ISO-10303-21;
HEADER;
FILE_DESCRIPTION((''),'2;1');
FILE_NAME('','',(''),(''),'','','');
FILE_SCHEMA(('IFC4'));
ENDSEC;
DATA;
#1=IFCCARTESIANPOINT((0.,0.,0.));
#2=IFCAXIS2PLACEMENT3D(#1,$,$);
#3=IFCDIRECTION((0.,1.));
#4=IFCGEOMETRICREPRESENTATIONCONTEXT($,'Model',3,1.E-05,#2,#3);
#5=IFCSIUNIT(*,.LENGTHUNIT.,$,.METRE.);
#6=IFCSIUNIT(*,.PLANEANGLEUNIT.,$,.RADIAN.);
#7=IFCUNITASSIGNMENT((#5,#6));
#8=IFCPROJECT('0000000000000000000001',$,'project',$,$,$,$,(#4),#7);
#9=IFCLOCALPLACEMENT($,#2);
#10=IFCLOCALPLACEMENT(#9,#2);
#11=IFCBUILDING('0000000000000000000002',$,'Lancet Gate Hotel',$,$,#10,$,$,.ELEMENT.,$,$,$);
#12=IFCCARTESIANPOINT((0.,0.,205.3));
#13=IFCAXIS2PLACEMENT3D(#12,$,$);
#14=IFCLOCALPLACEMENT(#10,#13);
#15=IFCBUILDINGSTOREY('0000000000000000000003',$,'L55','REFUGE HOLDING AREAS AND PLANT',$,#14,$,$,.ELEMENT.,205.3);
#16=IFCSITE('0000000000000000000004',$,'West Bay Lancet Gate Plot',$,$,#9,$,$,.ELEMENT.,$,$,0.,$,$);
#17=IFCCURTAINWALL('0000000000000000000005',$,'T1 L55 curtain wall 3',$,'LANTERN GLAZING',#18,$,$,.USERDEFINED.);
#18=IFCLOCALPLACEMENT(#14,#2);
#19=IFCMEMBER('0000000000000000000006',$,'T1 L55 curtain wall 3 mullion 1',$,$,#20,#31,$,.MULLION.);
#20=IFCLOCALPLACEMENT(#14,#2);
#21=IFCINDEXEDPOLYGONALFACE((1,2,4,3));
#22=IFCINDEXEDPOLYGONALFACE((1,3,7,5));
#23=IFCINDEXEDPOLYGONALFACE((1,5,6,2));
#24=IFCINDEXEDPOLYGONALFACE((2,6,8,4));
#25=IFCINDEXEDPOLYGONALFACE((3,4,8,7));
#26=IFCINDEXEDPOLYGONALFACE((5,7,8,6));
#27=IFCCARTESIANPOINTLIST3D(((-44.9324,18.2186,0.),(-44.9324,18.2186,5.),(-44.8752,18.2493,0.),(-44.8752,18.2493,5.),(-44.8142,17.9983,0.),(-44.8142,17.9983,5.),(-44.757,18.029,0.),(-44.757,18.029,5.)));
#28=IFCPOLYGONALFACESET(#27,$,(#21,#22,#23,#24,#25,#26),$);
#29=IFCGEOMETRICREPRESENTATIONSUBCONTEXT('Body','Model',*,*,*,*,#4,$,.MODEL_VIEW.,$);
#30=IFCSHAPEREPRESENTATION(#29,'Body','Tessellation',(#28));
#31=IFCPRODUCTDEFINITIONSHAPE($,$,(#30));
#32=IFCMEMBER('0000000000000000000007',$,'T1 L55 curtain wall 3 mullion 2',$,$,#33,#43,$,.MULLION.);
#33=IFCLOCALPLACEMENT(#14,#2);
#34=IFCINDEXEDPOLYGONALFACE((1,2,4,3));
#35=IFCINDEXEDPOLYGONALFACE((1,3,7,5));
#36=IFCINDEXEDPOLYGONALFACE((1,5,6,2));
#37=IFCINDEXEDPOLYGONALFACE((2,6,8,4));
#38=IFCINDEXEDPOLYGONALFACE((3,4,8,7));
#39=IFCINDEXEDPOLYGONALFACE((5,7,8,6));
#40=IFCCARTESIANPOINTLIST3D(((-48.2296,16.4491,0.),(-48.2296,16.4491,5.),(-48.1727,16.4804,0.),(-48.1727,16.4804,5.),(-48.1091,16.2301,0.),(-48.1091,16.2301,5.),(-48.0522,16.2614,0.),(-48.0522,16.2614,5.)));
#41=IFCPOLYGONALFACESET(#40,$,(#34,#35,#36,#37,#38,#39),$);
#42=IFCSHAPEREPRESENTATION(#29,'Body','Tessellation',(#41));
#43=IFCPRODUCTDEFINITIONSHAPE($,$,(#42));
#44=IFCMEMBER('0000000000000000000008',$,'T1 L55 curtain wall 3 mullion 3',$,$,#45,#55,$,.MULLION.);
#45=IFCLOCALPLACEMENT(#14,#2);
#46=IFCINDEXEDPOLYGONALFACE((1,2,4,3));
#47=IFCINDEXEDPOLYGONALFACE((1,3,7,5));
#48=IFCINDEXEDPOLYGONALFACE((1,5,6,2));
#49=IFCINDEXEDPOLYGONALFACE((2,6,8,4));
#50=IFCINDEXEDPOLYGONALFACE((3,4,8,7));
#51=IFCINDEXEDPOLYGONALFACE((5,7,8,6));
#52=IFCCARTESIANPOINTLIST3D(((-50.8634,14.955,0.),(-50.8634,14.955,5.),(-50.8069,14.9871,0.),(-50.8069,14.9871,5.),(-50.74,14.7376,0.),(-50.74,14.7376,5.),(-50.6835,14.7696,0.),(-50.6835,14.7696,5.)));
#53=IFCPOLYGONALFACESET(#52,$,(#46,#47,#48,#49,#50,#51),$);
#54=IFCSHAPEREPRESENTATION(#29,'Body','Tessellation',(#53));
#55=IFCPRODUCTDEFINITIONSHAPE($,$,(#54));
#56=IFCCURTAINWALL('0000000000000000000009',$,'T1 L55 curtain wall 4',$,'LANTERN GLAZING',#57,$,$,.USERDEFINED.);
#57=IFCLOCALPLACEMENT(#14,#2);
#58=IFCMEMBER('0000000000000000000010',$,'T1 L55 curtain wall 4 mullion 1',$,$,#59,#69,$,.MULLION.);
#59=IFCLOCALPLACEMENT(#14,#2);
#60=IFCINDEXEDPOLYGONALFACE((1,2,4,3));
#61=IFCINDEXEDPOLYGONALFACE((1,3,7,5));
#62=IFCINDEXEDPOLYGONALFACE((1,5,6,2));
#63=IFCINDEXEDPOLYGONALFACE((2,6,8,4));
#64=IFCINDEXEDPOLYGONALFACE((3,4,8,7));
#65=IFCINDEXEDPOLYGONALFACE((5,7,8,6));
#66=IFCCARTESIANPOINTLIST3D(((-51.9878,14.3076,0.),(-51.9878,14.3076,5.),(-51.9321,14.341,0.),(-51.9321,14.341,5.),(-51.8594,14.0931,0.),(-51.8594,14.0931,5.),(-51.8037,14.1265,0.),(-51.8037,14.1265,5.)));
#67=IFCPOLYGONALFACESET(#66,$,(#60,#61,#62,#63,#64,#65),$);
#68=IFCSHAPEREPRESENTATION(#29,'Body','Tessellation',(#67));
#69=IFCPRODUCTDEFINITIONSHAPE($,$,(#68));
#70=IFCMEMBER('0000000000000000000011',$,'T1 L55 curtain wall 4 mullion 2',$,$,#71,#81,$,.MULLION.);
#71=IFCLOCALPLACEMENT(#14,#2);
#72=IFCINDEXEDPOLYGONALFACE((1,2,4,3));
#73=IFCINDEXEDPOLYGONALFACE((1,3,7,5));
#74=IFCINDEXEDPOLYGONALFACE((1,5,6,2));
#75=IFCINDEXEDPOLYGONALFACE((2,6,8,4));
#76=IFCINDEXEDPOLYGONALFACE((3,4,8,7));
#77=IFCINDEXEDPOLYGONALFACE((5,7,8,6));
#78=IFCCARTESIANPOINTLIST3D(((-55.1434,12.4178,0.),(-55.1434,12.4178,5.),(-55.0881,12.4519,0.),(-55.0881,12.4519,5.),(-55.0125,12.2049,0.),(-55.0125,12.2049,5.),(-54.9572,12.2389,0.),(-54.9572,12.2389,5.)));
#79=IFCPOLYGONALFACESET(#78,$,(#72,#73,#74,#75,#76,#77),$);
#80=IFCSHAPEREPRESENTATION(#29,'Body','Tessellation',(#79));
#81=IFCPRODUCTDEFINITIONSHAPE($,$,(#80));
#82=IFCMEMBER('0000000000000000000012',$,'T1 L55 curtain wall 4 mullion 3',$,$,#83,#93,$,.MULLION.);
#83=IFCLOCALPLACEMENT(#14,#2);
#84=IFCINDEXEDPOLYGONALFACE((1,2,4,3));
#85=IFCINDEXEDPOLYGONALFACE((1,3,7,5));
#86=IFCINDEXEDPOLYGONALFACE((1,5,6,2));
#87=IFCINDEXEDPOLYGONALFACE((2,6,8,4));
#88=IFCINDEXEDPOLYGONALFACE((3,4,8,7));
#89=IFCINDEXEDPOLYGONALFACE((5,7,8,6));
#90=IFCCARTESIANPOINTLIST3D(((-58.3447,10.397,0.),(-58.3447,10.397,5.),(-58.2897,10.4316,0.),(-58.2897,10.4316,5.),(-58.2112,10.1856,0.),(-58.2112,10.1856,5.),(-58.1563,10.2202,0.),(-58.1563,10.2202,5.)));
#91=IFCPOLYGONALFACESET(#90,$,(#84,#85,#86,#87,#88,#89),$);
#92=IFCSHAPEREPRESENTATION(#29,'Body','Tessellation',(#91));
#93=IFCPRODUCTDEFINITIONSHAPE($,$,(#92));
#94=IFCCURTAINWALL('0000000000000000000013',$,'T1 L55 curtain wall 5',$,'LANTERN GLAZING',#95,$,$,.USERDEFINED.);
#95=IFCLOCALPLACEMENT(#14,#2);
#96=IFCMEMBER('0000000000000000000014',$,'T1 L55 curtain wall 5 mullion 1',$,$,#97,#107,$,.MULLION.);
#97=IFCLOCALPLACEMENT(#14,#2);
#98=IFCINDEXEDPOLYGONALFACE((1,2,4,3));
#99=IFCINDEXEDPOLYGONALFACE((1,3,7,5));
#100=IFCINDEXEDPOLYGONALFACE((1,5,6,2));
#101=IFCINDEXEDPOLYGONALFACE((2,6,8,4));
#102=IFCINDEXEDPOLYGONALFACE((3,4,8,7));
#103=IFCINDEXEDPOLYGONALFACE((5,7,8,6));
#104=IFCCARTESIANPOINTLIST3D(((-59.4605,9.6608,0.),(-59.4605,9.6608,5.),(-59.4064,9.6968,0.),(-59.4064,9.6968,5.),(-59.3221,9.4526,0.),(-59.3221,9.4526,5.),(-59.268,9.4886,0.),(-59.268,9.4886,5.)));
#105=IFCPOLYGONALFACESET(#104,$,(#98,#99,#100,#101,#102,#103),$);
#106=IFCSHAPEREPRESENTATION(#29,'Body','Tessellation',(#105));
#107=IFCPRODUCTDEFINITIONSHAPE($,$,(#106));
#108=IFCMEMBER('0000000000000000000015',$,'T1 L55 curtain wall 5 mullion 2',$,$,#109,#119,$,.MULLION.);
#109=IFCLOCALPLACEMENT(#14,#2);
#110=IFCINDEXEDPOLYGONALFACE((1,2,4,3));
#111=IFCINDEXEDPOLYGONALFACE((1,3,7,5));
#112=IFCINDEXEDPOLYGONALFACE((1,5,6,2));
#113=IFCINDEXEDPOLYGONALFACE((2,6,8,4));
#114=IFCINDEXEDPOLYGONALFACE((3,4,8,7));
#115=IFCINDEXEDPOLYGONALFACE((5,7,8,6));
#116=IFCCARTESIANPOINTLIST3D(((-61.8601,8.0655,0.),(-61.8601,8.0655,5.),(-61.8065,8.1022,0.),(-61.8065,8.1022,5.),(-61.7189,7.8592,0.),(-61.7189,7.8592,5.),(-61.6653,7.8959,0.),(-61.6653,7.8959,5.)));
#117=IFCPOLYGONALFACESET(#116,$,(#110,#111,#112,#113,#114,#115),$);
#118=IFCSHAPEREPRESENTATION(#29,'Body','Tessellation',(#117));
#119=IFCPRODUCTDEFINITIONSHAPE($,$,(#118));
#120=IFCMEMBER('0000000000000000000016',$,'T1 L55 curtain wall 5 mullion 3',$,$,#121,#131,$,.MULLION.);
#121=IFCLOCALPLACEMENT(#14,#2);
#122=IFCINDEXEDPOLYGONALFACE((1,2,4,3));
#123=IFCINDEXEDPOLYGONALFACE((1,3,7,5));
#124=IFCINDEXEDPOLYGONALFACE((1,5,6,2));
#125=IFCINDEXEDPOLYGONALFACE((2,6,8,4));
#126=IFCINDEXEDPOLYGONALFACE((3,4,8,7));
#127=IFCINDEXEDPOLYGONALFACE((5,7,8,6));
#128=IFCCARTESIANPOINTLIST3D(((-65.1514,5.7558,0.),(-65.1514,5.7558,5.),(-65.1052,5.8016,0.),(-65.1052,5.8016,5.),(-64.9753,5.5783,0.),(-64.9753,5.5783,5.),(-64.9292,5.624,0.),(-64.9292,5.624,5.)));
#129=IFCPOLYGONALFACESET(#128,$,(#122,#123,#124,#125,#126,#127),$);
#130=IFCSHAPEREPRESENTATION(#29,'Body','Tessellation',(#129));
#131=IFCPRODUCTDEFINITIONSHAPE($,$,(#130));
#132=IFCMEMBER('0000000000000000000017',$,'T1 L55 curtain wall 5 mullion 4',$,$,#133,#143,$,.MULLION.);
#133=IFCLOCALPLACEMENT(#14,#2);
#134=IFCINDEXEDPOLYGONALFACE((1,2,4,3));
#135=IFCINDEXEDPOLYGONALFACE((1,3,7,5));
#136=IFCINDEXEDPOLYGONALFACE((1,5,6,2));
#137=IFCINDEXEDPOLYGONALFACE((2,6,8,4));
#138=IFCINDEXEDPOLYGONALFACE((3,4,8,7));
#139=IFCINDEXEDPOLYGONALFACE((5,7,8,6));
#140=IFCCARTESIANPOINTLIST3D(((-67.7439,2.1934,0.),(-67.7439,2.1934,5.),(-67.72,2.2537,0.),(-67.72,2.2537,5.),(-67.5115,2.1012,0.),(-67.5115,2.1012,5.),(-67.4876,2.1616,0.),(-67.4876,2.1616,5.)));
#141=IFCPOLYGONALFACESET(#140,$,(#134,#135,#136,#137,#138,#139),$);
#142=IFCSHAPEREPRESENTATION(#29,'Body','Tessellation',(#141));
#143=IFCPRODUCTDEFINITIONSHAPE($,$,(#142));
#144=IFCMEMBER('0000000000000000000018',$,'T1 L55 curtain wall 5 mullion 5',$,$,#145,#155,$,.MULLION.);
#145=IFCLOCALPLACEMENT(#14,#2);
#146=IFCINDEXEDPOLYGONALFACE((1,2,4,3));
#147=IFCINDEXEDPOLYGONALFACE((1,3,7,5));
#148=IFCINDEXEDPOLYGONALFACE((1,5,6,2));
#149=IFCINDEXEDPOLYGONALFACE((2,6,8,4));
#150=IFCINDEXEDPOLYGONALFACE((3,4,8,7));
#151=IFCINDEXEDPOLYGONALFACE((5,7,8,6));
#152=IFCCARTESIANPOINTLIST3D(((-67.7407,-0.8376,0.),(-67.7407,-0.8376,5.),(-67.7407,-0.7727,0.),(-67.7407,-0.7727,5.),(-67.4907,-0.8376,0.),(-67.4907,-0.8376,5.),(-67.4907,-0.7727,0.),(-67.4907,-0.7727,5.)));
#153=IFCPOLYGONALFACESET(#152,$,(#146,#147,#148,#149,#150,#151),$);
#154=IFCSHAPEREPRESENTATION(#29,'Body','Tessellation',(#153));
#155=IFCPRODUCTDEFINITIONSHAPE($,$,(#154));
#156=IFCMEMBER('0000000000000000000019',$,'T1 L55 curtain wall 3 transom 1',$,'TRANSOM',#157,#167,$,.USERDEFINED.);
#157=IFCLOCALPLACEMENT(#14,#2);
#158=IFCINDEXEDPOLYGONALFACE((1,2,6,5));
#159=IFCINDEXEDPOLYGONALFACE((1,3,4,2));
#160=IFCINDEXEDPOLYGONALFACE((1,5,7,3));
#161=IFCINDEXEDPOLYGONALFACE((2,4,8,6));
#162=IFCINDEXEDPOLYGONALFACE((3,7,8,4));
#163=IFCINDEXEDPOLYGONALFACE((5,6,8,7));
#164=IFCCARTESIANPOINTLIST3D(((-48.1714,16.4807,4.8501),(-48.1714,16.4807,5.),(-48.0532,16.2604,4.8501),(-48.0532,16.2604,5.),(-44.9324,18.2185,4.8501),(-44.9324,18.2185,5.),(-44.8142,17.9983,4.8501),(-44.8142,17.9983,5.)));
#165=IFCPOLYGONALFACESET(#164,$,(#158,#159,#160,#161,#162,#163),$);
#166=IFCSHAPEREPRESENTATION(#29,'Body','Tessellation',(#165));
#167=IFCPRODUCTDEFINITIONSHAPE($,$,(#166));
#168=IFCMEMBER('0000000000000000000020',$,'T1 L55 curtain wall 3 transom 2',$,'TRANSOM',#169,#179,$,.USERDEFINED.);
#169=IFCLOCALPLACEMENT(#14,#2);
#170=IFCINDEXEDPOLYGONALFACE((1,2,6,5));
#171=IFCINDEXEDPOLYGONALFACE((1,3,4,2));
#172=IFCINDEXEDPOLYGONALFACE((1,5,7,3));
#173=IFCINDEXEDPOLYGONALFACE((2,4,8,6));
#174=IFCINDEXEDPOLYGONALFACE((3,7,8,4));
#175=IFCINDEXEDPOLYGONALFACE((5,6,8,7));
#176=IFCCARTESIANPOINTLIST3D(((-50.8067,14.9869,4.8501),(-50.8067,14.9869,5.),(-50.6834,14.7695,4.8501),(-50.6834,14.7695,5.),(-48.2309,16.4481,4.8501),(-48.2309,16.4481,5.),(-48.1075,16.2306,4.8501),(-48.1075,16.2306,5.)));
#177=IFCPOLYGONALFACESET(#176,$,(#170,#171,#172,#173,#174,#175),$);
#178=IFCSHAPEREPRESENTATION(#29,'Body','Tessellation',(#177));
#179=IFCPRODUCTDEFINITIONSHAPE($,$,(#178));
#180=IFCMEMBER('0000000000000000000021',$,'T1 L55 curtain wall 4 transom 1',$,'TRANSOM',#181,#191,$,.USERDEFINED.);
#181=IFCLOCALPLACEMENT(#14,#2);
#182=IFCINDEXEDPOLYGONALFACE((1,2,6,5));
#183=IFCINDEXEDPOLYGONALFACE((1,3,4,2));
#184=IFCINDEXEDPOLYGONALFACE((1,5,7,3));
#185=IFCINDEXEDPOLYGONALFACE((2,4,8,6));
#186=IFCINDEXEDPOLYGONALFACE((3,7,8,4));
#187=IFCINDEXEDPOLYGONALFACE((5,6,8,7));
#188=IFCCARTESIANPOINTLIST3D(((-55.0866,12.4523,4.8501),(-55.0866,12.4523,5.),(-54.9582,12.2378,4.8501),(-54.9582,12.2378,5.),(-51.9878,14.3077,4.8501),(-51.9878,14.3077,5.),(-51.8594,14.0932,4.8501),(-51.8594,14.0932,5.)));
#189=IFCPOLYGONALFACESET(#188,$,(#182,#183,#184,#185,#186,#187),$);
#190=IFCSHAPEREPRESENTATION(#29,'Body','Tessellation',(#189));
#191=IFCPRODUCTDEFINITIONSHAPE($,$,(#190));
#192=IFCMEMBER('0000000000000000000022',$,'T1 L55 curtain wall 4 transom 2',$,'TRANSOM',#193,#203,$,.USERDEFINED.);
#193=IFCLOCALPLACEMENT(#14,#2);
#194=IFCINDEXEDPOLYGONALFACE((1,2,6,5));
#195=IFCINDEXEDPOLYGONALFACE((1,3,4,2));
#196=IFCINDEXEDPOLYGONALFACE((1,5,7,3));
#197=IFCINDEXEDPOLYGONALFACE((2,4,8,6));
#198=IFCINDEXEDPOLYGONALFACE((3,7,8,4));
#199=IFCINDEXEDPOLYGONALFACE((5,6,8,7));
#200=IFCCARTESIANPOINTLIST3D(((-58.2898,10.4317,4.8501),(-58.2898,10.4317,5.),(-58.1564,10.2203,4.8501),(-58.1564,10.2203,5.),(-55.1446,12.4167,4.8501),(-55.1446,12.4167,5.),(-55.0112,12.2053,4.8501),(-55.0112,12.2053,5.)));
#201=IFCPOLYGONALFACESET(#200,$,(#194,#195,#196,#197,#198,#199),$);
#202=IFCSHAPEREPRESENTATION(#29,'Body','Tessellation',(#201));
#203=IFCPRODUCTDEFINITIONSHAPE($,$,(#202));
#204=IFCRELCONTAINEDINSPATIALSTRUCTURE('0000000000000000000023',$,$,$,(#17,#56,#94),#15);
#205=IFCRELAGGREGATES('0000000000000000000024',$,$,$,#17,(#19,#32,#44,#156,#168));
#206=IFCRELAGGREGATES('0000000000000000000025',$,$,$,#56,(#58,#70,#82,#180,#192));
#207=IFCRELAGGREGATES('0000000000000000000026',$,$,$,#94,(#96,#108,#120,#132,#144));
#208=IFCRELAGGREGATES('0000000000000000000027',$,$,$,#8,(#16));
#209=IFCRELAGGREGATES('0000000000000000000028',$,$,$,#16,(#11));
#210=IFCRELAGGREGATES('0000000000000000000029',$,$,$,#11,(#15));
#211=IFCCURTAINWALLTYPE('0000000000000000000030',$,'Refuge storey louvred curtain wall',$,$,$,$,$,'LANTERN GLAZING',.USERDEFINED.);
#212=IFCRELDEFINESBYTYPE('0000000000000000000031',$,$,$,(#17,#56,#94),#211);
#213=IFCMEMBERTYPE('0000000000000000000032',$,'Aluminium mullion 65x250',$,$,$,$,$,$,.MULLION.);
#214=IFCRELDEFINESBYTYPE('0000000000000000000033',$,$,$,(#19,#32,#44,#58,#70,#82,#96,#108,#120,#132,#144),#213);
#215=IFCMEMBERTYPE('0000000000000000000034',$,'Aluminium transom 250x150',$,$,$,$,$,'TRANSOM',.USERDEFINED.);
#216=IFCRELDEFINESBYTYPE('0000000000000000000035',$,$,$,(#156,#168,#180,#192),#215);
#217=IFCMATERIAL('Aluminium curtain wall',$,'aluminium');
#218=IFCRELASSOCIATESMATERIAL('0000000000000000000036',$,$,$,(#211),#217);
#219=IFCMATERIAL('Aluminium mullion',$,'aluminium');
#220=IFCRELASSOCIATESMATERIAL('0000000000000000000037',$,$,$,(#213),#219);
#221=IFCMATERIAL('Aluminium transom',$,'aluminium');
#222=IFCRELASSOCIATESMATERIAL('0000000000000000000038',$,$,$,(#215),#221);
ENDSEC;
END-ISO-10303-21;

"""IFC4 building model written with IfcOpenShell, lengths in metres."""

from ifc_helpers import new_model, si_unit, direction, frame, origin, origin_2d, place, context, subcontext, project, spatial, rectangle, extrude, material, material_profile, profile_set, type_object, element, aggregate, save


model = new_model("IFC4")

# Units and contexts
model_context = context("Model", 3, precision=1e-05, world=origin(), true_north=direction((0.0, 1.0)))
body_context = subcontext(model_context, "Body", "Model", "MODEL_VIEW")
ifc_project = project(units=[si_unit("LENGTHUNIT", "METRE"), si_unit("PLANEANGLEUNIT", "RADIAN")], contexts=[model_context])

# Site, building, storey
site_placement = place(None, origin())
site = spatial("IfcSite", under=ifc_project, at=site_placement, Name="West Bay Lancet Gate Plot", CompositionType="ELEMENT", RefElevation=0.0)
building_placement = place(site_placement, origin())
building = spatial("IfcBuilding", under=site, at=building_placement, Name="Lancet Gate Hotel", CompositionType="ELEMENT")
storey_placement = place(building_placement, frame((0.0, 0.0, 205.3)))
storey = spatial("IfcBuildingStorey", under=building, at=storey_placement, Name="L55", Description="REFUGE HOLDING AREAS AND PLANT", CompositionType="ELEMENT", Elevation=205.3)

# Curtain walls, members
ifc_material_1 = material(Name="Aluminium curtain wall", Category="aluminium")
curtain_wall_type = type_object("IfcCurtainWallType", Name="Refuge storey louvred curtain wall", ElementType="LANTERN GLAZING", PredefinedType="USERDEFINED", material=ifc_material_1)
curtain_wall_1_placement = place(storey_placement, origin())
curtain_wall_1 = element("IfcCurtainWall", 1, at=curtain_wall_1_placement, inside=storey, type_object=curtain_wall_type, Name="T1 L55 curtain wall 3", ObjectType="LANTERN GLAZING", PredefinedType="USERDEFINED")
ifc_material_2 = material(Name="Aluminium mullion", Category="aluminium")
ifc_material_profile_1 = material_profile(ifc_material_2, rectangle(XDim=0.0649, YDim=0.25, at=origin_2d()), Name="MULLION 65x250")
ifc_profile_set_1 = profile_set([ifc_material_profile_1], Name="Aluminium mullion")
member_type_1 = type_object("IfcMemberType", Name="Aluminium mullion 65x250", PredefinedType="MULLION", material=ifc_profile_set_1)
member_1_placement = place(storey_placement, frame((-44.8447, 18.1238, 0.0), z_axis=(0.0, 0.0, 1.0), x_axis=(-0.881195, -0.472753, 0.0)))
member_1 = element("IfcMember", 2, at=member_1_placement, type_object=member_type_1, Name="T1 L55 curtain wall 3 mullion 1", PredefinedType="MULLION", context=body_context, shape_type="SweptSolid", body=[
    extrude(rectangle(XDim=0.0649, YDim=0.25, at=origin_2d()), origin(), (0.0, 0.0, 1.0), 5.0),
])
member_2_placement = place(storey_placement, frame((-48.1409, 16.3552, 0.0), z_axis=(0.0, 0.0, 1.0), x_axis=(-0.876173, -0.481997, 0.0)))
member_2 = element("IfcMember", 3, at=member_2_placement, type_object=member_type_1, Name="T1 L55 curtain wall 3 mullion 2", PredefinedType="MULLION", context=body_context, shape_type="SweptSolid", body=[
    extrude(rectangle(XDim=0.0649, YDim=0.25, at=origin_2d()), origin(), (0.0, 0.0, 1.0), 5.0),
])
member_3_placement = place(storey_placement, frame((-50.7734, 14.8623, 0.0), z_axis=(0.0, 0.0, 1.0), x_axis=(-0.869831, -0.493349, 0.0)))
member_3 = element("IfcMember", 4, at=member_3_placement, type_object=member_type_1, Name="T1 L55 curtain wall 3 mullion 3", PredefinedType="MULLION", context=body_context, shape_type="SweptSolid", body=[
    extrude(rectangle(XDim=0.0649, YDim=0.25, at=origin_2d()), origin(), (0.0, 0.0, 1.0), 5.0),
])
curtain_wall_2_placement = place(storey_placement, origin())
curtain_wall_2 = element("IfcCurtainWall", 5, at=curtain_wall_2_placement, inside=storey, type_object=curtain_wall_type, Name="T1 L55 curtain wall 4", ObjectType="LANTERN GLAZING", PredefinedType="USERDEFINED")
member_4_placement = place(storey_placement, frame((-51.8958, 14.217, 0.0), z_axis=(0.0, 0.0, 1.0), x_axis=(-0.857987, -0.513672, 0.0)))
member_4 = element("IfcMember", 6, at=member_4_placement, type_object=member_type_1, Name="T1 L55 curtain wall 4 mullion 1", PredefinedType="MULLION", context=body_context, shape_type="SweptSolid", body=[
    extrude(rectangle(XDim=0.0649, YDim=0.25, at=origin_2d()), origin(), (0.0, 0.0, 1.0), 5.0),
])
member_5_placement = place(storey_placement, frame((-55.0503, 12.3284, 0.0), z_axis=(0.0, 0.0, 1.0), x_axis=(-0.851797, -0.523872, 0.0)))
member_5 = element("IfcMember", 7, at=member_5_placement, type_object=member_type_1, Name="T1 L55 curtain wall 4 mullion 2", PredefinedType="MULLION", context=body_context, shape_type="SweptSolid", body=[
    extrude(rectangle(XDim=0.0649, YDim=0.25, at=origin_2d()), origin(), (0.0, 0.0, 1.0), 5.0),
])
member_6_placement = place(storey_placement, frame((-58.2505, 10.3086, 0.0), z_axis=(0.0, 0.0, 1.0), x_axis=(-0.845667, -0.533711, 0.0)))
member_6 = element("IfcMember", 8, at=member_6_placement, type_object=member_type_1, Name="T1 L55 curtain wall 4 mullion 3", PredefinedType="MULLION", context=body_context, shape_type="SweptSolid", body=[
    extrude(rectangle(XDim=0.0649, YDim=0.25, at=origin_2d()), origin(), (0.0, 0.0, 1.0), 5.0),
])
curtain_wall_3_placement = place(storey_placement, origin())
curtain_wall_3 = element("IfcCurtainWall", 9, at=curtain_wall_3_placement, inside=storey, type_object=curtain_wall_type, Name="T1 L55 curtain wall 5", ObjectType="LANTERN GLAZING", PredefinedType="USERDEFINED")
member_7_placement = place(storey_placement, frame((-59.3643, 9.5747, 0.0), z_axis=(0.0, 0.0, 1.0), x_axis=(-0.832879, -0.553455, 0.0)))
member_7 = element("IfcMember", 10, at=member_7_placement, type_object=member_type_1, Name="T1 L55 curtain wall 5 mullion 1", PredefinedType="MULLION", context=body_context, shape_type="SweptSolid", body=[
    extrude(rectangle(XDim=0.0649, YDim=0.25, at=origin_2d()), origin(), (0.0, 0.0, 1.0), 5.0),
])
member_8_placement = place(storey_placement, frame((-61.7627, 7.9807, 0.0), z_axis=(0.0, 0.0, 1.0), x_axis=(-0.825233, -0.564793, 0.0)))
member_8 = element("IfcMember", 11, at=member_8_placement, type_object=member_type_1, Name="T1 L55 curtain wall 5 mullion 2", PredefinedType="MULLION", context=body_context, shape_type="SweptSolid", body=[
    extrude(rectangle(XDim=0.0649, YDim=0.25, at=origin_2d()), origin(), (0.0, 0.0, 1.0), 5.0),
])
member_9_placement = place(storey_placement, frame((-65.0403, 5.6899, 0.0), z_axis=(0.0, 0.0, 1.0), x_axis=(-0.710113, -0.704088, 0.0)))
member_9 = element("IfcMember", 12, at=member_9_placement, type_object=member_type_1, Name="T1 L55 curtain wall 5 mullion 3", PredefinedType="MULLION", context=body_context, shape_type="SweptSolid", body=[
    extrude(rectangle(XDim=0.0649, YDim=0.25, at=origin_2d()), origin(), (0.0, 0.0, 1.0), 5.0),
])
member_10_placement = place(storey_placement, frame((-67.6157, 2.1775, 0.0), z_axis=(0.0, 0.0, 1.0), x_axis=(-0.36858, -0.929596, 0.0)))
member_10 = element("IfcMember", 13, at=member_10_placement, type_object=member_type_1, Name="T1 L55 curtain wall 5 mullion 4", PredefinedType="MULLION", context=body_context, shape_type="SweptSolid", body=[
    extrude(rectangle(XDim=0.0649, YDim=0.25, at=origin_2d()), origin(), (0.0, 0.0, 1.0), 5.0),
])
member_11_placement = place(storey_placement, frame((-67.6157, -0.8052, 0.0), z_axis=(0.0, 0.0, 1.0), x_axis=(0.0, -1.0, 0.0)))
member_11 = element("IfcMember", 14, at=member_11_placement, type_object=member_type_1, Name="T1 L55 curtain wall 5 mullion 5", PredefinedType="MULLION", context=body_context, shape_type="SweptSolid", body=[
    extrude(rectangle(XDim=0.0649, YDim=0.25, at=origin_2d()), origin(), (0.0, 0.0, 1.0), 5.0),
])

# Members
ifc_material_3 = material(Name="Aluminium transom", Category="aluminium")
ifc_material_profile_2 = material_profile(ifc_material_3, rectangle(XDim=0.25, YDim=0.1499, at=origin_2d()), Name="TRANSOM 250x150")
ifc_profile_set_2 = profile_set([ifc_material_profile_2], Name="Aluminium transom")
member_type_2 = type_object("IfcMemberType", Name="Aluminium transom 250x150", ElementType="TRANSOM", PredefinedType="USERDEFINED", material=ifc_profile_set_2)
member_12_placement = place(storey_placement, frame((-44.8733, 18.1084, 4.925), z_axis=(-0.881185, -0.472772, 0.0), x_axis=(0.472772, -0.881185, 0.0)))
member_12 = element("IfcMember", 15, at=member_12_placement, type_object=member_type_2, Name="T1 L55 curtain wall 3 transom 1", ObjectType="TRANSOM", PredefinedType="USERDEFINED", context=body_context, shape_type="SweptSolid", body=[
    extrude(rectangle(XDim=0.25, YDim=0.1499, at=origin_2d()), origin(), (0.0, 0.0, 1.0), 3.6758),
])
member_13_placement = place(storey_placement, frame((-48.1692, 16.3394, 4.925), z_axis=(-0.869806, -0.493393, 0.0), x_axis=(0.493393, -0.869806, 0.0)))
member_13 = element("IfcMember", 16, at=member_13_placement, type_object=member_type_2, Name="T1 L55 curtain wall 3 transom 2", ObjectType="TRANSOM", PredefinedType="USERDEFINED", context=body_context, shape_type="SweptSolid", body=[
    extrude(rectangle(XDim=0.25, YDim=0.1499, at=origin_2d()), origin(), (0.0, 0.0, 1.0), 2.9614),
])
member_14_placement = place(storey_placement, frame((-51.9236, 14.2004, 4.925), z_axis=(-0.857964, -0.51371, 0.0), x_axis=(0.51371, -0.857964, 0.0)))
member_14 = element("IfcMember", 17, at=member_14_placement, type_object=member_type_2, Name="T1 L55 curtain wall 4 transom 1", ObjectType="TRANSOM", PredefinedType="USERDEFINED", context=body_context, shape_type="SweptSolid", body=[
    extrude(rectangle(XDim=0.25, YDim=0.1499, at=origin_2d()), origin(), (0.0, 0.0, 1.0), 3.6118),
])
member_15_placement = place(storey_placement, frame((-55.0779, 12.311, 4.925), z_axis=(-0.845656, -0.533729, 0.0), x_axis=(0.533729, -0.845656, 0.0)))
member_15 = element("IfcMember", 18, at=member_15_placement, type_object=member_type_2, Name="T1 L55 curtain wall 4 transom 2", ObjectType="TRANSOM", PredefinedType="USERDEFINED", context=body_context, shape_type="SweptSolid", body=[
    extrude(rectangle(XDim=0.25, YDim=0.1499, at=origin_2d()), origin(), (0.0, 0.0, 1.0), 3.7192),
])

aggregate(curtain_wall_1, [member_1, member_2, member_3, member_12, member_13])
aggregate(curtain_wall_2, [member_4, member_5, member_6, member_14, member_15])
aggregate(curtain_wall_3, [member_7, member_8, member_9, member_10, member_11])

save(model, "model.ifc")
